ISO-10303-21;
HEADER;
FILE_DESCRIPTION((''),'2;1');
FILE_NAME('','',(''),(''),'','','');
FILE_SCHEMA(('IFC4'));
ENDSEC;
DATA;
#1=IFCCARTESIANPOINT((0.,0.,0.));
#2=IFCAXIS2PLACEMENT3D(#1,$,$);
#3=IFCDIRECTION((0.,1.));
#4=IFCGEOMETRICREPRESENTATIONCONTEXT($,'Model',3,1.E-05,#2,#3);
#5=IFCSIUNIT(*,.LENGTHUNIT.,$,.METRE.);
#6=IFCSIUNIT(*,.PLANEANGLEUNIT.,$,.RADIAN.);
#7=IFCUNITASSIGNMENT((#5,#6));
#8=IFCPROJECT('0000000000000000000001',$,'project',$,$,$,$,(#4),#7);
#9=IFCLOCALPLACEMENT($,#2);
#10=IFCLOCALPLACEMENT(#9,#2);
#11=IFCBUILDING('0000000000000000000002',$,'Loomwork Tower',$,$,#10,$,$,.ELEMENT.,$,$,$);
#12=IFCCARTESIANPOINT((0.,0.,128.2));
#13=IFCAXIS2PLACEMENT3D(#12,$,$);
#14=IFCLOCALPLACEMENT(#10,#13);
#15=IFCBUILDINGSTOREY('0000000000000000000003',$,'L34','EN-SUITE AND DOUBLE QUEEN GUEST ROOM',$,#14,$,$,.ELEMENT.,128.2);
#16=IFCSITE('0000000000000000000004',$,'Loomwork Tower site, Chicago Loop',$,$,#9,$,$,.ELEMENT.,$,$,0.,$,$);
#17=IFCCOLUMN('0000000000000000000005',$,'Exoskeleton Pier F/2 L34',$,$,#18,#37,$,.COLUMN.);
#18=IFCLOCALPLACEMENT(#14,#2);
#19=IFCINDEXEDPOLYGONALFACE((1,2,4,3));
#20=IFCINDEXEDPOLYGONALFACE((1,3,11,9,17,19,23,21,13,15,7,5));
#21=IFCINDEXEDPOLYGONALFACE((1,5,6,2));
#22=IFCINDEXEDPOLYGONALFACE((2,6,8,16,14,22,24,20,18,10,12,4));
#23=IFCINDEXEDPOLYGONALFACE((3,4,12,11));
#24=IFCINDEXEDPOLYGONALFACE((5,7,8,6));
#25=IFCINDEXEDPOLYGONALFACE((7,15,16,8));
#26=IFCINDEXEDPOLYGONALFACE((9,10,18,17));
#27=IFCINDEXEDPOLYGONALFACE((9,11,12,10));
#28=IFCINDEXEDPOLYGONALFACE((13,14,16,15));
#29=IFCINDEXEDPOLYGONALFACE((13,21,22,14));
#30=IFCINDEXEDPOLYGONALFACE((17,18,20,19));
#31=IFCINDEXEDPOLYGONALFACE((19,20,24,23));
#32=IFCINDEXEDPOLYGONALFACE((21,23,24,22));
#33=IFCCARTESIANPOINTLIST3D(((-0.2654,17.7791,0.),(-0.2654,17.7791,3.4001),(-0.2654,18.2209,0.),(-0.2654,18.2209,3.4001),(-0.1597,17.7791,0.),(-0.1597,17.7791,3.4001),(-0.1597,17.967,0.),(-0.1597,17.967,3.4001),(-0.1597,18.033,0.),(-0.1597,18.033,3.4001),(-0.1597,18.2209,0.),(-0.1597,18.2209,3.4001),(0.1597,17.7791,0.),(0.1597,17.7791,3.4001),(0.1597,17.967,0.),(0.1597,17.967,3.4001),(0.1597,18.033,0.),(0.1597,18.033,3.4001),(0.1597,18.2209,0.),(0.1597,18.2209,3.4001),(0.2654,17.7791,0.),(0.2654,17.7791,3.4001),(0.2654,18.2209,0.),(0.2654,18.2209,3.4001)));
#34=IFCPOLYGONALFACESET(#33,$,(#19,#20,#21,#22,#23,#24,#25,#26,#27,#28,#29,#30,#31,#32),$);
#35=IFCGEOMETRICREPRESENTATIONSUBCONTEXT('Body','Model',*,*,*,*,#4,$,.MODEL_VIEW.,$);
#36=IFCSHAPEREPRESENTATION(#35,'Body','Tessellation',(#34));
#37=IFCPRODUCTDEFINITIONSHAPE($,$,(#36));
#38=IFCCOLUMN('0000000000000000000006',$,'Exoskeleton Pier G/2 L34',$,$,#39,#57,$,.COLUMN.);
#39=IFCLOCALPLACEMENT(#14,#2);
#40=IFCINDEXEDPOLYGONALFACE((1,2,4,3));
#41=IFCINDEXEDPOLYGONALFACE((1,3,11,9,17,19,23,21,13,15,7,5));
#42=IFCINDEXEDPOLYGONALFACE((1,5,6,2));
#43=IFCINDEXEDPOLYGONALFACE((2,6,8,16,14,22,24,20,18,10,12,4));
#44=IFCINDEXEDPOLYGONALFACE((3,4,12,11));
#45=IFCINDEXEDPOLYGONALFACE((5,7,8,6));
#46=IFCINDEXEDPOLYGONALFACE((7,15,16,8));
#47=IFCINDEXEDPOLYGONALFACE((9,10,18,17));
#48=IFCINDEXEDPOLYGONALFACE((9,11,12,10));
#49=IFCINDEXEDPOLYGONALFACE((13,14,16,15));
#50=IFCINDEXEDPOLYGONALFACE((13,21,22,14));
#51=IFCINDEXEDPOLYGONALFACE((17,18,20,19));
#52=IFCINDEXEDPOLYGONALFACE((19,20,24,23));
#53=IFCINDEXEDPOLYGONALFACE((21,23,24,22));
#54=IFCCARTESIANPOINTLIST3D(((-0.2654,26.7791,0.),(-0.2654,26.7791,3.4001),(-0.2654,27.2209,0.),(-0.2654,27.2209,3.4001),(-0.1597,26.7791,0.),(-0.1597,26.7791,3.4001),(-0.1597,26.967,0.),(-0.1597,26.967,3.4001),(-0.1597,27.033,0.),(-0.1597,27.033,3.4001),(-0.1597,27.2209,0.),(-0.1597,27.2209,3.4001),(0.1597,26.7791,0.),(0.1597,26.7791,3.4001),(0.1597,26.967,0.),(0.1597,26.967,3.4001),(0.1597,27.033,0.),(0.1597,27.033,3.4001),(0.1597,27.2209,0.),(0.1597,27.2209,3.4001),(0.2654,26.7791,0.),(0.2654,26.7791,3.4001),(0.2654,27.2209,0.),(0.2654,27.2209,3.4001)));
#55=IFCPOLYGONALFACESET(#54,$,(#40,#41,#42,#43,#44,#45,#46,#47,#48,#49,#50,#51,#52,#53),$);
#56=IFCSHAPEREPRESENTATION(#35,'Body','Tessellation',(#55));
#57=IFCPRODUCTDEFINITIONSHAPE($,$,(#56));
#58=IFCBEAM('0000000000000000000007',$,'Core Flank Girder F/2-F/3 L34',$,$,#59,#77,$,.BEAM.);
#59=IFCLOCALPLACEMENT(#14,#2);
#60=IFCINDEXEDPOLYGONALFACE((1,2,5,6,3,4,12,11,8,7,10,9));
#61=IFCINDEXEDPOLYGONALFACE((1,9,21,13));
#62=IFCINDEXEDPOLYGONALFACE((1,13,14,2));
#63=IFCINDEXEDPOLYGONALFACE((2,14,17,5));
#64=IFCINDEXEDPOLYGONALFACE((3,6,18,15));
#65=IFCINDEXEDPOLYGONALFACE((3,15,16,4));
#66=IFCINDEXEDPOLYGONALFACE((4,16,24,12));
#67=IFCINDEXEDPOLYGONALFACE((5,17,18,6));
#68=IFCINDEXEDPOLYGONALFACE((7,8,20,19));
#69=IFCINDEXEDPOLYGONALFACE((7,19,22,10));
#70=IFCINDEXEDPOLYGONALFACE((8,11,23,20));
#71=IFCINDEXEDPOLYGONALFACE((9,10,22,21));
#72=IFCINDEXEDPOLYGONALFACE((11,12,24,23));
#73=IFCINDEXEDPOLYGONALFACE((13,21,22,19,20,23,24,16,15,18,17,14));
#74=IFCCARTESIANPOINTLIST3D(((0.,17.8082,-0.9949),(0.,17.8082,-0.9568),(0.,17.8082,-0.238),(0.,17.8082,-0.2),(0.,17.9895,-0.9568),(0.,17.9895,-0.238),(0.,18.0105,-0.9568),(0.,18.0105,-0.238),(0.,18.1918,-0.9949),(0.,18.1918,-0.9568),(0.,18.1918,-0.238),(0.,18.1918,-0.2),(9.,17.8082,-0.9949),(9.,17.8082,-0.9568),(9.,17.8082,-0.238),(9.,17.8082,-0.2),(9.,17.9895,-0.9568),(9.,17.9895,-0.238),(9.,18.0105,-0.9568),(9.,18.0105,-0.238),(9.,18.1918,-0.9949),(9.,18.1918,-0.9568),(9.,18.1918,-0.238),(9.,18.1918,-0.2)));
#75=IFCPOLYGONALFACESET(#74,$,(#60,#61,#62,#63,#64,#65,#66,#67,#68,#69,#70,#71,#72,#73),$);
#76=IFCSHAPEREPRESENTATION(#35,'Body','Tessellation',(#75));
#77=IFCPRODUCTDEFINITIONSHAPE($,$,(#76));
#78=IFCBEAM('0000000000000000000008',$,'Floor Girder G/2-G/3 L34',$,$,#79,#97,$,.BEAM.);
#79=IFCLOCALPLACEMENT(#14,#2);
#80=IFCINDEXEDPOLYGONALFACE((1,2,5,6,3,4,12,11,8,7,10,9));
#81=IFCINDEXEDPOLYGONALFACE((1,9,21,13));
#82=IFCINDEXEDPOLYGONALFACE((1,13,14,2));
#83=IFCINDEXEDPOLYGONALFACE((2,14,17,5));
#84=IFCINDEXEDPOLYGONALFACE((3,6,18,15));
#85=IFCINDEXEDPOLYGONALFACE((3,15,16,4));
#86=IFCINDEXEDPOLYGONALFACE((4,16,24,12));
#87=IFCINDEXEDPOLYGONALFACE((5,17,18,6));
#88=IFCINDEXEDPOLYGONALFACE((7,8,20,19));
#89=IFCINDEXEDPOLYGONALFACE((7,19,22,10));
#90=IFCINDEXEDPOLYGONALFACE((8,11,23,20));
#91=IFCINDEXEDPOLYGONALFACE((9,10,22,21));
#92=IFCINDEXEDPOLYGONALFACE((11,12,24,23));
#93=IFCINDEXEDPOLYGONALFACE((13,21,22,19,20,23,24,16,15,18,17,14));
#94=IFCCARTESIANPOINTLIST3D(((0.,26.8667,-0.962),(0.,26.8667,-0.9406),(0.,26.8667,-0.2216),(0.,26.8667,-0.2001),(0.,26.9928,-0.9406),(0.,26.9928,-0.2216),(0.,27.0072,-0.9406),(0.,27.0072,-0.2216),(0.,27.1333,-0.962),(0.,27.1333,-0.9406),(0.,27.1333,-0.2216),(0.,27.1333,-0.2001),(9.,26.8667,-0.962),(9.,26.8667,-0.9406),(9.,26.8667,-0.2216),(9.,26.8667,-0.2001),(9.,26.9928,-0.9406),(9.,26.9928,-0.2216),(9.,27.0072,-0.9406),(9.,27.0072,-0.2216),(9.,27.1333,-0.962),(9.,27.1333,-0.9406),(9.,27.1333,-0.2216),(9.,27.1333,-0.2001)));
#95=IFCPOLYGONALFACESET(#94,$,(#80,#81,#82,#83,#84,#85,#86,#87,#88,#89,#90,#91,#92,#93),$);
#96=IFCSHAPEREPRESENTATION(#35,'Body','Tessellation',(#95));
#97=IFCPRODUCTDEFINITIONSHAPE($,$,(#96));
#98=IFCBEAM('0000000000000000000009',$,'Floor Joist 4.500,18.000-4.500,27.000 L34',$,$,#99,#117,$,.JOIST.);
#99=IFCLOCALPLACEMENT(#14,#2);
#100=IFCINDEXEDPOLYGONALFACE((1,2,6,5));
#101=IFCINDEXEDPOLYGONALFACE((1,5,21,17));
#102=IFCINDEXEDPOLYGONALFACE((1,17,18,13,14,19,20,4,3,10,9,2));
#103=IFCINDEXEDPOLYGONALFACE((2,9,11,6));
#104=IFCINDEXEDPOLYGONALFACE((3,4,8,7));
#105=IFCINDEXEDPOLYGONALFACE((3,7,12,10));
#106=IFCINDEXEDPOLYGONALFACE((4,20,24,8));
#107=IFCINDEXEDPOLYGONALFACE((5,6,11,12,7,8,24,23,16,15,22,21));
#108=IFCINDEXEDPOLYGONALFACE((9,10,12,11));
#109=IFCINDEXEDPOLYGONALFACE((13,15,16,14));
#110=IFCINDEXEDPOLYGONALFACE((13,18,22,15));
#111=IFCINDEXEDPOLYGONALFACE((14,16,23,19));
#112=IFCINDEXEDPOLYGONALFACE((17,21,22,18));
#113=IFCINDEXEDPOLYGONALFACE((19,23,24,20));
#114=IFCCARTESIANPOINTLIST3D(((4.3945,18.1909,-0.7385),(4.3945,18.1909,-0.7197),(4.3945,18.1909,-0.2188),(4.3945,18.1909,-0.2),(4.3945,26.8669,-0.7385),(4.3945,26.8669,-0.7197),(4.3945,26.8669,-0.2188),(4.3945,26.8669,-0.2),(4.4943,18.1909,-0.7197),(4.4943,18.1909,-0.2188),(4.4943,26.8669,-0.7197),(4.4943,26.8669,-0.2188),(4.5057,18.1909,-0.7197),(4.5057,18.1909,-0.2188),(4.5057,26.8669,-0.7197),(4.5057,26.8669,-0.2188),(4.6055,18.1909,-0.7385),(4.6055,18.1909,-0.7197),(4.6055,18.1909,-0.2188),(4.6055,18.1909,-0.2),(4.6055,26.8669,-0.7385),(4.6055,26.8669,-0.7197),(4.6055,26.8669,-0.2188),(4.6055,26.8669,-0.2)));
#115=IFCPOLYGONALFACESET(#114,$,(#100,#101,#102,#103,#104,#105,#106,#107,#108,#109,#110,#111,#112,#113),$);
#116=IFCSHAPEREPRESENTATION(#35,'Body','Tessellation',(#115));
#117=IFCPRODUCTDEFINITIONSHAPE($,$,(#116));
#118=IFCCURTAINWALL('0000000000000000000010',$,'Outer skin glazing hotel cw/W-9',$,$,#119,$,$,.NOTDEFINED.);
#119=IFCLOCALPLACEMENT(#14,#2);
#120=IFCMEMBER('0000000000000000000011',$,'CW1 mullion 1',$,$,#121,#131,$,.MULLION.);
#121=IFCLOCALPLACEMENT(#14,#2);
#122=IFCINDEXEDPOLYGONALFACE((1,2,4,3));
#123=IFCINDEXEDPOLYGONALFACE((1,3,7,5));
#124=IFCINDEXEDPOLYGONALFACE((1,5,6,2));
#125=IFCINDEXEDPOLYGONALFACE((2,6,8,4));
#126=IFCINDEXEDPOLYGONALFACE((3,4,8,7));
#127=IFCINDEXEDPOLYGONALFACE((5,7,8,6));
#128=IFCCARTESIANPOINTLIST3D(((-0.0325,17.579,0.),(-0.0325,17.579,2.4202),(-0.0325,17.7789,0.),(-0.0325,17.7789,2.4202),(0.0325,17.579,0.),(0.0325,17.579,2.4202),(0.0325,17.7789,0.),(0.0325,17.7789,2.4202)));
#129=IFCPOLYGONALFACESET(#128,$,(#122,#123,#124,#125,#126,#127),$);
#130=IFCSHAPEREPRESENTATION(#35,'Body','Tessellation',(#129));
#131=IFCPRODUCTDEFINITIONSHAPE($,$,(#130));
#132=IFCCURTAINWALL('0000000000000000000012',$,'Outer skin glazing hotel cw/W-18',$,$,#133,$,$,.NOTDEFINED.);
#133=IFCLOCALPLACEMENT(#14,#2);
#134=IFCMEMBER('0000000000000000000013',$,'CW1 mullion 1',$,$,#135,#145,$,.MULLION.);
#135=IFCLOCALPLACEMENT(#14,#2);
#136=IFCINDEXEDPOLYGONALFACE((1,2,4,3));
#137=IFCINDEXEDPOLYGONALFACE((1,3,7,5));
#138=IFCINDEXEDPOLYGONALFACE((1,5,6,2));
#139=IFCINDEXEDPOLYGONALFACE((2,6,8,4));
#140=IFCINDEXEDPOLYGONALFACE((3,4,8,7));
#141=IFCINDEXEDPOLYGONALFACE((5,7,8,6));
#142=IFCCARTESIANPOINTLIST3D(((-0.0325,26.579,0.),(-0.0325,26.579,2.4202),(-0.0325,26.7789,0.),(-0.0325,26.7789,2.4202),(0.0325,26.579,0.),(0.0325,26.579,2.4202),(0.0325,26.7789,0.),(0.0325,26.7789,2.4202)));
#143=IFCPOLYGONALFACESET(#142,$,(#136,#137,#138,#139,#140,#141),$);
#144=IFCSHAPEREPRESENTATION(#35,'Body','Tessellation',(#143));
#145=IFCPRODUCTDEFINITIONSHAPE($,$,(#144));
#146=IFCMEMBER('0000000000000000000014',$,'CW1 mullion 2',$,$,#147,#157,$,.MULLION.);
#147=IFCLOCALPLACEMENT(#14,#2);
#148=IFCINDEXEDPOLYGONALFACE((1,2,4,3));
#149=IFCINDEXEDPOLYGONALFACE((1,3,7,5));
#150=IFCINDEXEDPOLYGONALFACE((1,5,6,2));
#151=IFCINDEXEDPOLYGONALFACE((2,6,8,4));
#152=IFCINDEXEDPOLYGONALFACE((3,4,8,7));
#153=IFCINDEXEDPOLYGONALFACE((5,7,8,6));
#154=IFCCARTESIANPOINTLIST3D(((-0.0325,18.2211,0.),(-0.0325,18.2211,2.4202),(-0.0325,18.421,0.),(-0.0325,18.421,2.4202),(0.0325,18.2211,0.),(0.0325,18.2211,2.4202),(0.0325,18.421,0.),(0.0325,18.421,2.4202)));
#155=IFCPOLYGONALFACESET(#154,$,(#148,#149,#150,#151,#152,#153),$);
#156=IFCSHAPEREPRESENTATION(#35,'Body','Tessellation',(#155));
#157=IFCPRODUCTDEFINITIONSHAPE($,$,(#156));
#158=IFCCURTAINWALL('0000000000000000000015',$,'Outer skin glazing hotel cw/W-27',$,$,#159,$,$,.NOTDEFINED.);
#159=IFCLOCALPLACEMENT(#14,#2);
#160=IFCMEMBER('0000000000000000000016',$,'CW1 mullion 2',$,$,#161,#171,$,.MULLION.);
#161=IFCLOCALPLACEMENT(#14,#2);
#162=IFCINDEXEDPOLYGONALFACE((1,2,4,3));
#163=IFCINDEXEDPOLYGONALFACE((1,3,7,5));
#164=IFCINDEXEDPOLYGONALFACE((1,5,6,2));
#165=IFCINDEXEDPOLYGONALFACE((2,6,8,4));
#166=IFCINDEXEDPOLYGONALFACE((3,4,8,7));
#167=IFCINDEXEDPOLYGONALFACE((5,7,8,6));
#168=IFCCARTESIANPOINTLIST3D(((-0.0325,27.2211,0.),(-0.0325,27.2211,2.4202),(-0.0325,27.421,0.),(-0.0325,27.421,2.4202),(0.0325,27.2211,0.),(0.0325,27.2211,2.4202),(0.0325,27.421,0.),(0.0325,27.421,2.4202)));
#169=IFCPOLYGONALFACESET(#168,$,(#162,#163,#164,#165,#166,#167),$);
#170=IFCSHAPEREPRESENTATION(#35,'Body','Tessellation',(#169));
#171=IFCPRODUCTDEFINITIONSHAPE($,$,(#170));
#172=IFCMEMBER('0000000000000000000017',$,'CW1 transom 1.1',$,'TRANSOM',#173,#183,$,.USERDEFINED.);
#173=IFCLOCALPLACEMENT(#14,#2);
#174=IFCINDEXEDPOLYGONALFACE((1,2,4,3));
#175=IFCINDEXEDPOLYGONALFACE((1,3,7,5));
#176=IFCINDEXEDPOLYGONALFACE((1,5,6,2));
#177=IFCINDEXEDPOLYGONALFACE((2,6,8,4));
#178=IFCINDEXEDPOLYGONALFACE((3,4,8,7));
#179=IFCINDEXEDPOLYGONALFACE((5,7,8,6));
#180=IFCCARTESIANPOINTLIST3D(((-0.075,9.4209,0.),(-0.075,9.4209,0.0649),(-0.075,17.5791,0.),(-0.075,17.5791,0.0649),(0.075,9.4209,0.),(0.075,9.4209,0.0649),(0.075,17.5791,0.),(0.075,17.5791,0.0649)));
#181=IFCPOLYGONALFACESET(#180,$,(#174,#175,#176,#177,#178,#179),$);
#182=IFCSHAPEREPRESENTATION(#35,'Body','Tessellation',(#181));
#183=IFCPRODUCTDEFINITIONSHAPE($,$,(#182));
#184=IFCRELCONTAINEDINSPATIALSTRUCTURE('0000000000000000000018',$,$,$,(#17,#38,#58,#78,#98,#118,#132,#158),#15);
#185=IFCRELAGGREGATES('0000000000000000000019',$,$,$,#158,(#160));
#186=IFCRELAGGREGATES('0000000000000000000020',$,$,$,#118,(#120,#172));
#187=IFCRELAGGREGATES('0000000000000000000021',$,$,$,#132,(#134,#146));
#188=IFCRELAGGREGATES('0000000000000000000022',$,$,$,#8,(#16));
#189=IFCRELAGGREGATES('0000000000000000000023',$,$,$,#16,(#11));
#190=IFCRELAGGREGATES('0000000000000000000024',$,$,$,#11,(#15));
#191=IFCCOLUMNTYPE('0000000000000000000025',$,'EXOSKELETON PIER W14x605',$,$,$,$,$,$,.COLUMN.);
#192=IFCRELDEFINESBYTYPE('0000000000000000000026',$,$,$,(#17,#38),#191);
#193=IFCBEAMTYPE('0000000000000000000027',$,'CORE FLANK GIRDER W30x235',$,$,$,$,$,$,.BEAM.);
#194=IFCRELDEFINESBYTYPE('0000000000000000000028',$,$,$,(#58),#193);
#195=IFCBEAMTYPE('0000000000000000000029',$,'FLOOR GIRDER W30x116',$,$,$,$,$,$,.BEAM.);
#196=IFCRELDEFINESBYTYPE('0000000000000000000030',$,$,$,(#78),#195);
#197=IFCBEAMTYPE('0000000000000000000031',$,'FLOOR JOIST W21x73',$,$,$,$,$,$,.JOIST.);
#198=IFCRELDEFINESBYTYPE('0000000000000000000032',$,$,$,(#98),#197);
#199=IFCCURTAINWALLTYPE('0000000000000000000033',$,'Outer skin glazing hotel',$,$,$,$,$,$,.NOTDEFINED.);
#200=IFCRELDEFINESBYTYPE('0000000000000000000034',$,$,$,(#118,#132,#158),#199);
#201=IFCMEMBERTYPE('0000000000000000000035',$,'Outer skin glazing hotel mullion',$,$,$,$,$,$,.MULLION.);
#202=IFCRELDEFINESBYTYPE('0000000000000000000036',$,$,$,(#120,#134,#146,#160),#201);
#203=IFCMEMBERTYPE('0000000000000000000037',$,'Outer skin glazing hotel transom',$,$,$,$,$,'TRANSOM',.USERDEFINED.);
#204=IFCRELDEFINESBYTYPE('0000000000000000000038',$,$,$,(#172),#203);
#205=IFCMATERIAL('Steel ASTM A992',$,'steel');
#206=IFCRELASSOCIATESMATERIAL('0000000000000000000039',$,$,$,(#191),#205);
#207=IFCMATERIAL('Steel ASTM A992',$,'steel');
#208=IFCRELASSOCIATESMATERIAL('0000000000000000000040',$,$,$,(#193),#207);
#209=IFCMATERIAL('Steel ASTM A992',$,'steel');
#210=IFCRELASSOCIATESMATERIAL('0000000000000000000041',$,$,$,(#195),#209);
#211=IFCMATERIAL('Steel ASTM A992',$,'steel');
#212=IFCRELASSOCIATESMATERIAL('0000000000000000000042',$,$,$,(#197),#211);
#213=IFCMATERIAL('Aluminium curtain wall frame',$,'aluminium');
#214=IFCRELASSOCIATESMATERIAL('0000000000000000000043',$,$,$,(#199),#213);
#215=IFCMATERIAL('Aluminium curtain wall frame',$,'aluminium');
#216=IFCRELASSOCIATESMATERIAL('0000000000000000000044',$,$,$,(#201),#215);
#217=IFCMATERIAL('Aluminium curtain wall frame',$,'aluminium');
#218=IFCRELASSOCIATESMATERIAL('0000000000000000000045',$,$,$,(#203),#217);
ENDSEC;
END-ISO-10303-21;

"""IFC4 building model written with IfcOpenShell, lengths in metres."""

from ifc_helpers import new_model, si_unit, direction, frame, origin, origin_2d, place, context, subcontext, project, spatial, rectangle, i_section, extrude, material, material_profile, profile_set, type_object, element, aggregate, save


model = new_model("IFC4")

# Units and contexts
model_context = context("Model", 3, precision=1e-05, world=origin(), true_north=direction((0.0, 1.0)))
body_context = subcontext(model_context, "Body", "Model", "MODEL_VIEW")
ifc_project = project(units=[si_unit("LENGTHUNIT", "METRE"), si_unit("PLANEANGLEUNIT", "RADIAN")], contexts=[model_context])

# Site, building, storey
site_placement = place(None, origin())
site = spatial("IfcSite", under=ifc_project, at=site_placement, Name="Loomwork Tower site, Chicago Loop", CompositionType="ELEMENT", RefElevation=0.0)
building_placement = place(site_placement, origin())
building = spatial("IfcBuilding", under=site, at=building_placement, Name="Loomwork Tower", CompositionType="ELEMENT")
storey_placement = place(building_placement, frame((0.0, 0.0, 128.2)))
storey = spatial("IfcBuildingStorey", under=building, at=storey_placement, Name="L34", Description="EN-SUITE AND DOUBLE QUEEN GUEST ROOM", CompositionType="ELEMENT", Elevation=128.2)

# Columns
ifc_material_1 = material(Name="Steel ASTM A992", Category="steel")
ifc_material_profile_1 = material_profile(ifc_material_1, i_section(OverallWidth=0.4419, OverallDepth=0.5308, WebThickness=0.0659, FlangeThickness=0.1057, at=origin_2d()), Name="W14x605")
ifc_profile_set_1 = profile_set([ifc_material_profile_1], Name="Steel ASTM A992")
column_type = type_object("IfcColumnType", Name="EXOSKELETON PIER W14x605", PredefinedType="COLUMN", material=ifc_profile_set_1)
for number, where, z_axis, x_axis, name in (
    (1, (0.0, 18.0, 0.0), (0.0, 0.0, 1.0), (0.0, 1.0, 0.0), "Exoskeleton Pier F/2 L34"),
    (2, (0.0, 27.0, 0.0), (0.0, 0.0, 1.0), (0.0, 1.0, 0.0), "Exoskeleton Pier G/2 L34"),
):
    element("IfcColumn", number, at=place(storey_placement, frame(where, z_axis=z_axis, x_axis=x_axis)), inside=storey, type_object=column_type, Name=name, PredefinedType="COLUMN", context=body_context, shape_type="SweptSolid", body=[
        extrude(i_section(OverallWidth=0.4419, OverallDepth=0.5308, WebThickness=0.0659, FlangeThickness=0.1057, at=origin_2d()), origin(), (0.0, 0.0, 1.0), 3.4001),
    ])

# Beams
ifc_material_2 = material(Name="Steel ASTM A992", Category="steel")
ifc_material_profile_2 = material_profile(ifc_material_2, i_section(OverallWidth=0.3835, OverallDepth=0.7949, WebThickness=0.021, FlangeThickness=0.0381, at=origin_2d()), Name="W30x235")
ifc_profile_set_2 = profile_set([ifc_material_profile_2], Name="Steel ASTM A992")
beam_type_1 = type_object("IfcBeamType", Name="CORE FLANK GIRDER W30x235", PredefinedType="BEAM", material=ifc_profile_set_2)
beam_1_placement = place(storey_placement, frame((0.0, 18.0, -0.5974), z_axis=(1.0, 0.0, 0.0), x_axis=(0.0, 1.0, 0.0)))
element("IfcBeam", 3, at=beam_1_placement, inside=storey, type_object=beam_type_1, Name="Core Flank Girder F/2-F/3 L34", PredefinedType="BEAM", context=body_context, shape_type="SweptSolid", body=[
    extrude(i_section(OverallWidth=0.3835, OverallDepth=0.7949, WebThickness=0.021, FlangeThickness=0.0381, at=origin_2d()), origin(), (0.0, 0.0, 1.0), 9.0),
])
ifc_material_3 = material(Name="Steel ASTM A992", Category="steel")
ifc_material_profile_3 = material_profile(ifc_material_3, i_section(OverallWidth=0.2666, OverallDepth=0.762, WebThickness=0.0144, FlangeThickness=0.0215, at=origin_2d()), Name="W30x116")
ifc_profile_set_3 = profile_set([ifc_material_profile_3], Name="Steel ASTM A992")
beam_type_2 = type_object("IfcBeamType", Name="FLOOR GIRDER W30x116", PredefinedType="BEAM", material=ifc_profile_set_3)
beam_2_placement = place(storey_placement, frame((0.0, 27.0, -0.5811), z_axis=(1.0, 0.0, 0.0), x_axis=(0.0, 1.0, 0.0)))
element("IfcBeam", 4, at=beam_2_placement, inside=storey, type_object=beam_type_2, Name="Floor Girder G/2-G/3 L34", PredefinedType="BEAM", context=body_context, shape_type="SweptSolid", body=[
    extrude(i_section(OverallWidth=0.2666, OverallDepth=0.762, WebThickness=0.0144, FlangeThickness=0.0215, at=origin_2d()), origin(), (0.0, 0.0, 1.0), 9.0),
])
ifc_material_4 = material(Name="Steel ASTM A992", Category="steel")
ifc_material_profile_4 = material_profile(ifc_material_4, i_section(OverallWidth=0.2109, OverallDepth=0.5386, WebThickness=0.0115, FlangeThickness=0.0188, at=origin_2d()), Name="W21x73")
ifc_profile_set_4 = profile_set([ifc_material_profile_4], Name="Steel ASTM A992")
beam_type_3 = type_object("IfcBeamType", Name="FLOOR JOIST W21x73", PredefinedType="JOIST", material=ifc_profile_set_4)
beam_3_placement = place(storey_placement, frame((4.5, 18.1909, -0.4692), z_axis=(0.0, 1.0, 0.0), x_axis=(-1.0, 0.0, 0.0)))
element("IfcBeam", 5, at=beam_3_placement, inside=storey, type_object=beam_type_3, Name="Floor Joist 4.500,18.000-4.500,27.000 L34", PredefinedType="JOIST", context=body_context, shape_type="SweptSolid", body=[
    extrude(i_section(OverallWidth=0.2109, OverallDepth=0.5386, WebThickness=0.0115, FlangeThickness=0.0188, at=origin_2d()), origin(), (0.0, 0.0, 1.0), 8.676),
])

# Curtain wall, member
ifc_material_5 = material(Name="Aluminium curtain wall frame", Category="aluminium")
curtain_wall_type = type_object("IfcCurtainWallType", Name="Outer skin glazing hotel", PredefinedType="NOTDEFINED", material=ifc_material_5)
curtain_wall_1_placement = place(storey_placement, origin())
curtain_wall_1 = element("IfcCurtainWall", 6, at=curtain_wall_1_placement, inside=storey, type_object=curtain_wall_type, Name="Outer skin glazing hotel cw/W-9", PredefinedType="NOTDEFINED")
ifc_material_6 = material(Name="Aluminium curtain wall frame", Category="aluminium")
ifc_material_profile_5 = material_profile(ifc_material_6, rectangle(XDim=0.0649, YDim=0.2, at=origin_2d()), Name="AL 65x200")
ifc_profile_set_5 = profile_set([ifc_material_profile_5], Name="Aluminium curtain wall frame")
member_type_1 = type_object("IfcMemberType", Name="Outer skin glazing hotel mullion", PredefinedType="MULLION", material=ifc_profile_set_5)
member_1_placement = place(storey_placement, frame((0.0, 17.679, 0.0), z_axis=(0.0, 0.0, 1.0), x_axis=(1.0, 0.0, 0.0)))
member_1 = element("IfcMember", 7, at=member_1_placement, type_object=member_type_1, Name="CW1 mullion 1", PredefinedType="MULLION", context=body_context, shape_type="SweptSolid", body=[
    extrude(rectangle(XDim=0.0649, YDim=0.2, at=origin_2d()), origin(), (0.0, 0.0, 1.0), 2.4202),
])

# Curtain wall, members
curtain_wall_2_placement = place(storey_placement, origin())
curtain_wall_2 = element("IfcCurtainWall", 8, at=curtain_wall_2_placement, inside=storey, type_object=curtain_wall_type, Name="Outer skin glazing hotel cw/W-18", PredefinedType="NOTDEFINED")
member_2_placement = place(storey_placement, frame((0.0, 26.679, 0.0), z_axis=(0.0, 0.0, 1.0), x_axis=(1.0, 0.0, 0.0)))
member_2 = element("IfcMember", 9, at=member_2_placement, type_object=member_type_1, Name="CW1 mullion 1", PredefinedType="MULLION", context=body_context, shape_type="SweptSolid", body=[
    extrude(rectangle(XDim=0.0649, YDim=0.2, at=origin_2d()), origin(), (0.0, 0.0, 1.0), 2.4202),
])
member_3_placement = place(storey_placement, frame((0.0, 18.321, 0.0), z_axis=(0.0, 0.0, 1.0), x_axis=(1.0, 0.0, 0.0)))
member_3 = element("IfcMember", 10, at=member_3_placement, type_object=member_type_1, Name="CW1 mullion 2", PredefinedType="MULLION", context=body_context, shape_type="SweptSolid", body=[
    extrude(rectangle(XDim=0.0649, YDim=0.2, at=origin_2d()), origin(), (0.0, 0.0, 1.0), 2.4202),
])

# Curtain wall, member
curtain_wall_3_placement = place(storey_placement, origin())
curtain_wall_3 = element("IfcCurtainWall", 11, at=curtain_wall_3_placement, inside=storey, type_object=curtain_wall_type, Name="Outer skin glazing hotel cw/W-27", PredefinedType="NOTDEFINED")
member_4_placement = place(storey_placement, frame((0.0, 27.321, 0.0), z_axis=(0.0, 0.0, 1.0), x_axis=(1.0, 0.0, 0.0)))
member_4 = element("IfcMember", 12, at=member_4_placement, type_object=member_type_1, Name="CW1 mullion 2", PredefinedType="MULLION", context=body_context, shape_type="SweptSolid", body=[
    extrude(rectangle(XDim=0.0649, YDim=0.2, at=origin_2d()), origin(), (0.0, 0.0, 1.0), 2.4202),
])
aggregate(curtain_wall_3, [member_4])

# Member
ifc_material_7 = material(Name="Aluminium curtain wall frame", Category="aluminium")
ifc_material_profile_6 = material_profile(ifc_material_7, rectangle(XDim=0.1499, YDim=0.0649, at=origin_2d()), Name="AL 65x150")
ifc_profile_set_6 = profile_set([ifc_material_profile_6], Name="Aluminium curtain wall frame")
member_type_2 = type_object("IfcMemberType", Name="Outer skin glazing hotel transom", ElementType="TRANSOM", PredefinedType="USERDEFINED", material=ifc_profile_set_6)
member_5_placement = place(storey_placement, frame((0.0, 17.5791, 0.0325), z_axis=(0.0, -1.0, 0.0), x_axis=(1.0, 0.0, 0.0)))
member_5 = element("IfcMember", 13, at=member_5_placement, type_object=member_type_2, Name="CW1 transom 1.1", ObjectType="TRANSOM", PredefinedType="USERDEFINED", context=body_context, shape_type="SweptSolid", body=[
    extrude(rectangle(XDim=0.1499, YDim=0.0649, at=origin_2d()), origin(), (0.0, 0.0, 1.0), 8.1582),
])
aggregate(curtain_wall_1, [member_1, member_5])

aggregate(curtain_wall_2, [member_2, member_3])

save(model, "model.ifc")
